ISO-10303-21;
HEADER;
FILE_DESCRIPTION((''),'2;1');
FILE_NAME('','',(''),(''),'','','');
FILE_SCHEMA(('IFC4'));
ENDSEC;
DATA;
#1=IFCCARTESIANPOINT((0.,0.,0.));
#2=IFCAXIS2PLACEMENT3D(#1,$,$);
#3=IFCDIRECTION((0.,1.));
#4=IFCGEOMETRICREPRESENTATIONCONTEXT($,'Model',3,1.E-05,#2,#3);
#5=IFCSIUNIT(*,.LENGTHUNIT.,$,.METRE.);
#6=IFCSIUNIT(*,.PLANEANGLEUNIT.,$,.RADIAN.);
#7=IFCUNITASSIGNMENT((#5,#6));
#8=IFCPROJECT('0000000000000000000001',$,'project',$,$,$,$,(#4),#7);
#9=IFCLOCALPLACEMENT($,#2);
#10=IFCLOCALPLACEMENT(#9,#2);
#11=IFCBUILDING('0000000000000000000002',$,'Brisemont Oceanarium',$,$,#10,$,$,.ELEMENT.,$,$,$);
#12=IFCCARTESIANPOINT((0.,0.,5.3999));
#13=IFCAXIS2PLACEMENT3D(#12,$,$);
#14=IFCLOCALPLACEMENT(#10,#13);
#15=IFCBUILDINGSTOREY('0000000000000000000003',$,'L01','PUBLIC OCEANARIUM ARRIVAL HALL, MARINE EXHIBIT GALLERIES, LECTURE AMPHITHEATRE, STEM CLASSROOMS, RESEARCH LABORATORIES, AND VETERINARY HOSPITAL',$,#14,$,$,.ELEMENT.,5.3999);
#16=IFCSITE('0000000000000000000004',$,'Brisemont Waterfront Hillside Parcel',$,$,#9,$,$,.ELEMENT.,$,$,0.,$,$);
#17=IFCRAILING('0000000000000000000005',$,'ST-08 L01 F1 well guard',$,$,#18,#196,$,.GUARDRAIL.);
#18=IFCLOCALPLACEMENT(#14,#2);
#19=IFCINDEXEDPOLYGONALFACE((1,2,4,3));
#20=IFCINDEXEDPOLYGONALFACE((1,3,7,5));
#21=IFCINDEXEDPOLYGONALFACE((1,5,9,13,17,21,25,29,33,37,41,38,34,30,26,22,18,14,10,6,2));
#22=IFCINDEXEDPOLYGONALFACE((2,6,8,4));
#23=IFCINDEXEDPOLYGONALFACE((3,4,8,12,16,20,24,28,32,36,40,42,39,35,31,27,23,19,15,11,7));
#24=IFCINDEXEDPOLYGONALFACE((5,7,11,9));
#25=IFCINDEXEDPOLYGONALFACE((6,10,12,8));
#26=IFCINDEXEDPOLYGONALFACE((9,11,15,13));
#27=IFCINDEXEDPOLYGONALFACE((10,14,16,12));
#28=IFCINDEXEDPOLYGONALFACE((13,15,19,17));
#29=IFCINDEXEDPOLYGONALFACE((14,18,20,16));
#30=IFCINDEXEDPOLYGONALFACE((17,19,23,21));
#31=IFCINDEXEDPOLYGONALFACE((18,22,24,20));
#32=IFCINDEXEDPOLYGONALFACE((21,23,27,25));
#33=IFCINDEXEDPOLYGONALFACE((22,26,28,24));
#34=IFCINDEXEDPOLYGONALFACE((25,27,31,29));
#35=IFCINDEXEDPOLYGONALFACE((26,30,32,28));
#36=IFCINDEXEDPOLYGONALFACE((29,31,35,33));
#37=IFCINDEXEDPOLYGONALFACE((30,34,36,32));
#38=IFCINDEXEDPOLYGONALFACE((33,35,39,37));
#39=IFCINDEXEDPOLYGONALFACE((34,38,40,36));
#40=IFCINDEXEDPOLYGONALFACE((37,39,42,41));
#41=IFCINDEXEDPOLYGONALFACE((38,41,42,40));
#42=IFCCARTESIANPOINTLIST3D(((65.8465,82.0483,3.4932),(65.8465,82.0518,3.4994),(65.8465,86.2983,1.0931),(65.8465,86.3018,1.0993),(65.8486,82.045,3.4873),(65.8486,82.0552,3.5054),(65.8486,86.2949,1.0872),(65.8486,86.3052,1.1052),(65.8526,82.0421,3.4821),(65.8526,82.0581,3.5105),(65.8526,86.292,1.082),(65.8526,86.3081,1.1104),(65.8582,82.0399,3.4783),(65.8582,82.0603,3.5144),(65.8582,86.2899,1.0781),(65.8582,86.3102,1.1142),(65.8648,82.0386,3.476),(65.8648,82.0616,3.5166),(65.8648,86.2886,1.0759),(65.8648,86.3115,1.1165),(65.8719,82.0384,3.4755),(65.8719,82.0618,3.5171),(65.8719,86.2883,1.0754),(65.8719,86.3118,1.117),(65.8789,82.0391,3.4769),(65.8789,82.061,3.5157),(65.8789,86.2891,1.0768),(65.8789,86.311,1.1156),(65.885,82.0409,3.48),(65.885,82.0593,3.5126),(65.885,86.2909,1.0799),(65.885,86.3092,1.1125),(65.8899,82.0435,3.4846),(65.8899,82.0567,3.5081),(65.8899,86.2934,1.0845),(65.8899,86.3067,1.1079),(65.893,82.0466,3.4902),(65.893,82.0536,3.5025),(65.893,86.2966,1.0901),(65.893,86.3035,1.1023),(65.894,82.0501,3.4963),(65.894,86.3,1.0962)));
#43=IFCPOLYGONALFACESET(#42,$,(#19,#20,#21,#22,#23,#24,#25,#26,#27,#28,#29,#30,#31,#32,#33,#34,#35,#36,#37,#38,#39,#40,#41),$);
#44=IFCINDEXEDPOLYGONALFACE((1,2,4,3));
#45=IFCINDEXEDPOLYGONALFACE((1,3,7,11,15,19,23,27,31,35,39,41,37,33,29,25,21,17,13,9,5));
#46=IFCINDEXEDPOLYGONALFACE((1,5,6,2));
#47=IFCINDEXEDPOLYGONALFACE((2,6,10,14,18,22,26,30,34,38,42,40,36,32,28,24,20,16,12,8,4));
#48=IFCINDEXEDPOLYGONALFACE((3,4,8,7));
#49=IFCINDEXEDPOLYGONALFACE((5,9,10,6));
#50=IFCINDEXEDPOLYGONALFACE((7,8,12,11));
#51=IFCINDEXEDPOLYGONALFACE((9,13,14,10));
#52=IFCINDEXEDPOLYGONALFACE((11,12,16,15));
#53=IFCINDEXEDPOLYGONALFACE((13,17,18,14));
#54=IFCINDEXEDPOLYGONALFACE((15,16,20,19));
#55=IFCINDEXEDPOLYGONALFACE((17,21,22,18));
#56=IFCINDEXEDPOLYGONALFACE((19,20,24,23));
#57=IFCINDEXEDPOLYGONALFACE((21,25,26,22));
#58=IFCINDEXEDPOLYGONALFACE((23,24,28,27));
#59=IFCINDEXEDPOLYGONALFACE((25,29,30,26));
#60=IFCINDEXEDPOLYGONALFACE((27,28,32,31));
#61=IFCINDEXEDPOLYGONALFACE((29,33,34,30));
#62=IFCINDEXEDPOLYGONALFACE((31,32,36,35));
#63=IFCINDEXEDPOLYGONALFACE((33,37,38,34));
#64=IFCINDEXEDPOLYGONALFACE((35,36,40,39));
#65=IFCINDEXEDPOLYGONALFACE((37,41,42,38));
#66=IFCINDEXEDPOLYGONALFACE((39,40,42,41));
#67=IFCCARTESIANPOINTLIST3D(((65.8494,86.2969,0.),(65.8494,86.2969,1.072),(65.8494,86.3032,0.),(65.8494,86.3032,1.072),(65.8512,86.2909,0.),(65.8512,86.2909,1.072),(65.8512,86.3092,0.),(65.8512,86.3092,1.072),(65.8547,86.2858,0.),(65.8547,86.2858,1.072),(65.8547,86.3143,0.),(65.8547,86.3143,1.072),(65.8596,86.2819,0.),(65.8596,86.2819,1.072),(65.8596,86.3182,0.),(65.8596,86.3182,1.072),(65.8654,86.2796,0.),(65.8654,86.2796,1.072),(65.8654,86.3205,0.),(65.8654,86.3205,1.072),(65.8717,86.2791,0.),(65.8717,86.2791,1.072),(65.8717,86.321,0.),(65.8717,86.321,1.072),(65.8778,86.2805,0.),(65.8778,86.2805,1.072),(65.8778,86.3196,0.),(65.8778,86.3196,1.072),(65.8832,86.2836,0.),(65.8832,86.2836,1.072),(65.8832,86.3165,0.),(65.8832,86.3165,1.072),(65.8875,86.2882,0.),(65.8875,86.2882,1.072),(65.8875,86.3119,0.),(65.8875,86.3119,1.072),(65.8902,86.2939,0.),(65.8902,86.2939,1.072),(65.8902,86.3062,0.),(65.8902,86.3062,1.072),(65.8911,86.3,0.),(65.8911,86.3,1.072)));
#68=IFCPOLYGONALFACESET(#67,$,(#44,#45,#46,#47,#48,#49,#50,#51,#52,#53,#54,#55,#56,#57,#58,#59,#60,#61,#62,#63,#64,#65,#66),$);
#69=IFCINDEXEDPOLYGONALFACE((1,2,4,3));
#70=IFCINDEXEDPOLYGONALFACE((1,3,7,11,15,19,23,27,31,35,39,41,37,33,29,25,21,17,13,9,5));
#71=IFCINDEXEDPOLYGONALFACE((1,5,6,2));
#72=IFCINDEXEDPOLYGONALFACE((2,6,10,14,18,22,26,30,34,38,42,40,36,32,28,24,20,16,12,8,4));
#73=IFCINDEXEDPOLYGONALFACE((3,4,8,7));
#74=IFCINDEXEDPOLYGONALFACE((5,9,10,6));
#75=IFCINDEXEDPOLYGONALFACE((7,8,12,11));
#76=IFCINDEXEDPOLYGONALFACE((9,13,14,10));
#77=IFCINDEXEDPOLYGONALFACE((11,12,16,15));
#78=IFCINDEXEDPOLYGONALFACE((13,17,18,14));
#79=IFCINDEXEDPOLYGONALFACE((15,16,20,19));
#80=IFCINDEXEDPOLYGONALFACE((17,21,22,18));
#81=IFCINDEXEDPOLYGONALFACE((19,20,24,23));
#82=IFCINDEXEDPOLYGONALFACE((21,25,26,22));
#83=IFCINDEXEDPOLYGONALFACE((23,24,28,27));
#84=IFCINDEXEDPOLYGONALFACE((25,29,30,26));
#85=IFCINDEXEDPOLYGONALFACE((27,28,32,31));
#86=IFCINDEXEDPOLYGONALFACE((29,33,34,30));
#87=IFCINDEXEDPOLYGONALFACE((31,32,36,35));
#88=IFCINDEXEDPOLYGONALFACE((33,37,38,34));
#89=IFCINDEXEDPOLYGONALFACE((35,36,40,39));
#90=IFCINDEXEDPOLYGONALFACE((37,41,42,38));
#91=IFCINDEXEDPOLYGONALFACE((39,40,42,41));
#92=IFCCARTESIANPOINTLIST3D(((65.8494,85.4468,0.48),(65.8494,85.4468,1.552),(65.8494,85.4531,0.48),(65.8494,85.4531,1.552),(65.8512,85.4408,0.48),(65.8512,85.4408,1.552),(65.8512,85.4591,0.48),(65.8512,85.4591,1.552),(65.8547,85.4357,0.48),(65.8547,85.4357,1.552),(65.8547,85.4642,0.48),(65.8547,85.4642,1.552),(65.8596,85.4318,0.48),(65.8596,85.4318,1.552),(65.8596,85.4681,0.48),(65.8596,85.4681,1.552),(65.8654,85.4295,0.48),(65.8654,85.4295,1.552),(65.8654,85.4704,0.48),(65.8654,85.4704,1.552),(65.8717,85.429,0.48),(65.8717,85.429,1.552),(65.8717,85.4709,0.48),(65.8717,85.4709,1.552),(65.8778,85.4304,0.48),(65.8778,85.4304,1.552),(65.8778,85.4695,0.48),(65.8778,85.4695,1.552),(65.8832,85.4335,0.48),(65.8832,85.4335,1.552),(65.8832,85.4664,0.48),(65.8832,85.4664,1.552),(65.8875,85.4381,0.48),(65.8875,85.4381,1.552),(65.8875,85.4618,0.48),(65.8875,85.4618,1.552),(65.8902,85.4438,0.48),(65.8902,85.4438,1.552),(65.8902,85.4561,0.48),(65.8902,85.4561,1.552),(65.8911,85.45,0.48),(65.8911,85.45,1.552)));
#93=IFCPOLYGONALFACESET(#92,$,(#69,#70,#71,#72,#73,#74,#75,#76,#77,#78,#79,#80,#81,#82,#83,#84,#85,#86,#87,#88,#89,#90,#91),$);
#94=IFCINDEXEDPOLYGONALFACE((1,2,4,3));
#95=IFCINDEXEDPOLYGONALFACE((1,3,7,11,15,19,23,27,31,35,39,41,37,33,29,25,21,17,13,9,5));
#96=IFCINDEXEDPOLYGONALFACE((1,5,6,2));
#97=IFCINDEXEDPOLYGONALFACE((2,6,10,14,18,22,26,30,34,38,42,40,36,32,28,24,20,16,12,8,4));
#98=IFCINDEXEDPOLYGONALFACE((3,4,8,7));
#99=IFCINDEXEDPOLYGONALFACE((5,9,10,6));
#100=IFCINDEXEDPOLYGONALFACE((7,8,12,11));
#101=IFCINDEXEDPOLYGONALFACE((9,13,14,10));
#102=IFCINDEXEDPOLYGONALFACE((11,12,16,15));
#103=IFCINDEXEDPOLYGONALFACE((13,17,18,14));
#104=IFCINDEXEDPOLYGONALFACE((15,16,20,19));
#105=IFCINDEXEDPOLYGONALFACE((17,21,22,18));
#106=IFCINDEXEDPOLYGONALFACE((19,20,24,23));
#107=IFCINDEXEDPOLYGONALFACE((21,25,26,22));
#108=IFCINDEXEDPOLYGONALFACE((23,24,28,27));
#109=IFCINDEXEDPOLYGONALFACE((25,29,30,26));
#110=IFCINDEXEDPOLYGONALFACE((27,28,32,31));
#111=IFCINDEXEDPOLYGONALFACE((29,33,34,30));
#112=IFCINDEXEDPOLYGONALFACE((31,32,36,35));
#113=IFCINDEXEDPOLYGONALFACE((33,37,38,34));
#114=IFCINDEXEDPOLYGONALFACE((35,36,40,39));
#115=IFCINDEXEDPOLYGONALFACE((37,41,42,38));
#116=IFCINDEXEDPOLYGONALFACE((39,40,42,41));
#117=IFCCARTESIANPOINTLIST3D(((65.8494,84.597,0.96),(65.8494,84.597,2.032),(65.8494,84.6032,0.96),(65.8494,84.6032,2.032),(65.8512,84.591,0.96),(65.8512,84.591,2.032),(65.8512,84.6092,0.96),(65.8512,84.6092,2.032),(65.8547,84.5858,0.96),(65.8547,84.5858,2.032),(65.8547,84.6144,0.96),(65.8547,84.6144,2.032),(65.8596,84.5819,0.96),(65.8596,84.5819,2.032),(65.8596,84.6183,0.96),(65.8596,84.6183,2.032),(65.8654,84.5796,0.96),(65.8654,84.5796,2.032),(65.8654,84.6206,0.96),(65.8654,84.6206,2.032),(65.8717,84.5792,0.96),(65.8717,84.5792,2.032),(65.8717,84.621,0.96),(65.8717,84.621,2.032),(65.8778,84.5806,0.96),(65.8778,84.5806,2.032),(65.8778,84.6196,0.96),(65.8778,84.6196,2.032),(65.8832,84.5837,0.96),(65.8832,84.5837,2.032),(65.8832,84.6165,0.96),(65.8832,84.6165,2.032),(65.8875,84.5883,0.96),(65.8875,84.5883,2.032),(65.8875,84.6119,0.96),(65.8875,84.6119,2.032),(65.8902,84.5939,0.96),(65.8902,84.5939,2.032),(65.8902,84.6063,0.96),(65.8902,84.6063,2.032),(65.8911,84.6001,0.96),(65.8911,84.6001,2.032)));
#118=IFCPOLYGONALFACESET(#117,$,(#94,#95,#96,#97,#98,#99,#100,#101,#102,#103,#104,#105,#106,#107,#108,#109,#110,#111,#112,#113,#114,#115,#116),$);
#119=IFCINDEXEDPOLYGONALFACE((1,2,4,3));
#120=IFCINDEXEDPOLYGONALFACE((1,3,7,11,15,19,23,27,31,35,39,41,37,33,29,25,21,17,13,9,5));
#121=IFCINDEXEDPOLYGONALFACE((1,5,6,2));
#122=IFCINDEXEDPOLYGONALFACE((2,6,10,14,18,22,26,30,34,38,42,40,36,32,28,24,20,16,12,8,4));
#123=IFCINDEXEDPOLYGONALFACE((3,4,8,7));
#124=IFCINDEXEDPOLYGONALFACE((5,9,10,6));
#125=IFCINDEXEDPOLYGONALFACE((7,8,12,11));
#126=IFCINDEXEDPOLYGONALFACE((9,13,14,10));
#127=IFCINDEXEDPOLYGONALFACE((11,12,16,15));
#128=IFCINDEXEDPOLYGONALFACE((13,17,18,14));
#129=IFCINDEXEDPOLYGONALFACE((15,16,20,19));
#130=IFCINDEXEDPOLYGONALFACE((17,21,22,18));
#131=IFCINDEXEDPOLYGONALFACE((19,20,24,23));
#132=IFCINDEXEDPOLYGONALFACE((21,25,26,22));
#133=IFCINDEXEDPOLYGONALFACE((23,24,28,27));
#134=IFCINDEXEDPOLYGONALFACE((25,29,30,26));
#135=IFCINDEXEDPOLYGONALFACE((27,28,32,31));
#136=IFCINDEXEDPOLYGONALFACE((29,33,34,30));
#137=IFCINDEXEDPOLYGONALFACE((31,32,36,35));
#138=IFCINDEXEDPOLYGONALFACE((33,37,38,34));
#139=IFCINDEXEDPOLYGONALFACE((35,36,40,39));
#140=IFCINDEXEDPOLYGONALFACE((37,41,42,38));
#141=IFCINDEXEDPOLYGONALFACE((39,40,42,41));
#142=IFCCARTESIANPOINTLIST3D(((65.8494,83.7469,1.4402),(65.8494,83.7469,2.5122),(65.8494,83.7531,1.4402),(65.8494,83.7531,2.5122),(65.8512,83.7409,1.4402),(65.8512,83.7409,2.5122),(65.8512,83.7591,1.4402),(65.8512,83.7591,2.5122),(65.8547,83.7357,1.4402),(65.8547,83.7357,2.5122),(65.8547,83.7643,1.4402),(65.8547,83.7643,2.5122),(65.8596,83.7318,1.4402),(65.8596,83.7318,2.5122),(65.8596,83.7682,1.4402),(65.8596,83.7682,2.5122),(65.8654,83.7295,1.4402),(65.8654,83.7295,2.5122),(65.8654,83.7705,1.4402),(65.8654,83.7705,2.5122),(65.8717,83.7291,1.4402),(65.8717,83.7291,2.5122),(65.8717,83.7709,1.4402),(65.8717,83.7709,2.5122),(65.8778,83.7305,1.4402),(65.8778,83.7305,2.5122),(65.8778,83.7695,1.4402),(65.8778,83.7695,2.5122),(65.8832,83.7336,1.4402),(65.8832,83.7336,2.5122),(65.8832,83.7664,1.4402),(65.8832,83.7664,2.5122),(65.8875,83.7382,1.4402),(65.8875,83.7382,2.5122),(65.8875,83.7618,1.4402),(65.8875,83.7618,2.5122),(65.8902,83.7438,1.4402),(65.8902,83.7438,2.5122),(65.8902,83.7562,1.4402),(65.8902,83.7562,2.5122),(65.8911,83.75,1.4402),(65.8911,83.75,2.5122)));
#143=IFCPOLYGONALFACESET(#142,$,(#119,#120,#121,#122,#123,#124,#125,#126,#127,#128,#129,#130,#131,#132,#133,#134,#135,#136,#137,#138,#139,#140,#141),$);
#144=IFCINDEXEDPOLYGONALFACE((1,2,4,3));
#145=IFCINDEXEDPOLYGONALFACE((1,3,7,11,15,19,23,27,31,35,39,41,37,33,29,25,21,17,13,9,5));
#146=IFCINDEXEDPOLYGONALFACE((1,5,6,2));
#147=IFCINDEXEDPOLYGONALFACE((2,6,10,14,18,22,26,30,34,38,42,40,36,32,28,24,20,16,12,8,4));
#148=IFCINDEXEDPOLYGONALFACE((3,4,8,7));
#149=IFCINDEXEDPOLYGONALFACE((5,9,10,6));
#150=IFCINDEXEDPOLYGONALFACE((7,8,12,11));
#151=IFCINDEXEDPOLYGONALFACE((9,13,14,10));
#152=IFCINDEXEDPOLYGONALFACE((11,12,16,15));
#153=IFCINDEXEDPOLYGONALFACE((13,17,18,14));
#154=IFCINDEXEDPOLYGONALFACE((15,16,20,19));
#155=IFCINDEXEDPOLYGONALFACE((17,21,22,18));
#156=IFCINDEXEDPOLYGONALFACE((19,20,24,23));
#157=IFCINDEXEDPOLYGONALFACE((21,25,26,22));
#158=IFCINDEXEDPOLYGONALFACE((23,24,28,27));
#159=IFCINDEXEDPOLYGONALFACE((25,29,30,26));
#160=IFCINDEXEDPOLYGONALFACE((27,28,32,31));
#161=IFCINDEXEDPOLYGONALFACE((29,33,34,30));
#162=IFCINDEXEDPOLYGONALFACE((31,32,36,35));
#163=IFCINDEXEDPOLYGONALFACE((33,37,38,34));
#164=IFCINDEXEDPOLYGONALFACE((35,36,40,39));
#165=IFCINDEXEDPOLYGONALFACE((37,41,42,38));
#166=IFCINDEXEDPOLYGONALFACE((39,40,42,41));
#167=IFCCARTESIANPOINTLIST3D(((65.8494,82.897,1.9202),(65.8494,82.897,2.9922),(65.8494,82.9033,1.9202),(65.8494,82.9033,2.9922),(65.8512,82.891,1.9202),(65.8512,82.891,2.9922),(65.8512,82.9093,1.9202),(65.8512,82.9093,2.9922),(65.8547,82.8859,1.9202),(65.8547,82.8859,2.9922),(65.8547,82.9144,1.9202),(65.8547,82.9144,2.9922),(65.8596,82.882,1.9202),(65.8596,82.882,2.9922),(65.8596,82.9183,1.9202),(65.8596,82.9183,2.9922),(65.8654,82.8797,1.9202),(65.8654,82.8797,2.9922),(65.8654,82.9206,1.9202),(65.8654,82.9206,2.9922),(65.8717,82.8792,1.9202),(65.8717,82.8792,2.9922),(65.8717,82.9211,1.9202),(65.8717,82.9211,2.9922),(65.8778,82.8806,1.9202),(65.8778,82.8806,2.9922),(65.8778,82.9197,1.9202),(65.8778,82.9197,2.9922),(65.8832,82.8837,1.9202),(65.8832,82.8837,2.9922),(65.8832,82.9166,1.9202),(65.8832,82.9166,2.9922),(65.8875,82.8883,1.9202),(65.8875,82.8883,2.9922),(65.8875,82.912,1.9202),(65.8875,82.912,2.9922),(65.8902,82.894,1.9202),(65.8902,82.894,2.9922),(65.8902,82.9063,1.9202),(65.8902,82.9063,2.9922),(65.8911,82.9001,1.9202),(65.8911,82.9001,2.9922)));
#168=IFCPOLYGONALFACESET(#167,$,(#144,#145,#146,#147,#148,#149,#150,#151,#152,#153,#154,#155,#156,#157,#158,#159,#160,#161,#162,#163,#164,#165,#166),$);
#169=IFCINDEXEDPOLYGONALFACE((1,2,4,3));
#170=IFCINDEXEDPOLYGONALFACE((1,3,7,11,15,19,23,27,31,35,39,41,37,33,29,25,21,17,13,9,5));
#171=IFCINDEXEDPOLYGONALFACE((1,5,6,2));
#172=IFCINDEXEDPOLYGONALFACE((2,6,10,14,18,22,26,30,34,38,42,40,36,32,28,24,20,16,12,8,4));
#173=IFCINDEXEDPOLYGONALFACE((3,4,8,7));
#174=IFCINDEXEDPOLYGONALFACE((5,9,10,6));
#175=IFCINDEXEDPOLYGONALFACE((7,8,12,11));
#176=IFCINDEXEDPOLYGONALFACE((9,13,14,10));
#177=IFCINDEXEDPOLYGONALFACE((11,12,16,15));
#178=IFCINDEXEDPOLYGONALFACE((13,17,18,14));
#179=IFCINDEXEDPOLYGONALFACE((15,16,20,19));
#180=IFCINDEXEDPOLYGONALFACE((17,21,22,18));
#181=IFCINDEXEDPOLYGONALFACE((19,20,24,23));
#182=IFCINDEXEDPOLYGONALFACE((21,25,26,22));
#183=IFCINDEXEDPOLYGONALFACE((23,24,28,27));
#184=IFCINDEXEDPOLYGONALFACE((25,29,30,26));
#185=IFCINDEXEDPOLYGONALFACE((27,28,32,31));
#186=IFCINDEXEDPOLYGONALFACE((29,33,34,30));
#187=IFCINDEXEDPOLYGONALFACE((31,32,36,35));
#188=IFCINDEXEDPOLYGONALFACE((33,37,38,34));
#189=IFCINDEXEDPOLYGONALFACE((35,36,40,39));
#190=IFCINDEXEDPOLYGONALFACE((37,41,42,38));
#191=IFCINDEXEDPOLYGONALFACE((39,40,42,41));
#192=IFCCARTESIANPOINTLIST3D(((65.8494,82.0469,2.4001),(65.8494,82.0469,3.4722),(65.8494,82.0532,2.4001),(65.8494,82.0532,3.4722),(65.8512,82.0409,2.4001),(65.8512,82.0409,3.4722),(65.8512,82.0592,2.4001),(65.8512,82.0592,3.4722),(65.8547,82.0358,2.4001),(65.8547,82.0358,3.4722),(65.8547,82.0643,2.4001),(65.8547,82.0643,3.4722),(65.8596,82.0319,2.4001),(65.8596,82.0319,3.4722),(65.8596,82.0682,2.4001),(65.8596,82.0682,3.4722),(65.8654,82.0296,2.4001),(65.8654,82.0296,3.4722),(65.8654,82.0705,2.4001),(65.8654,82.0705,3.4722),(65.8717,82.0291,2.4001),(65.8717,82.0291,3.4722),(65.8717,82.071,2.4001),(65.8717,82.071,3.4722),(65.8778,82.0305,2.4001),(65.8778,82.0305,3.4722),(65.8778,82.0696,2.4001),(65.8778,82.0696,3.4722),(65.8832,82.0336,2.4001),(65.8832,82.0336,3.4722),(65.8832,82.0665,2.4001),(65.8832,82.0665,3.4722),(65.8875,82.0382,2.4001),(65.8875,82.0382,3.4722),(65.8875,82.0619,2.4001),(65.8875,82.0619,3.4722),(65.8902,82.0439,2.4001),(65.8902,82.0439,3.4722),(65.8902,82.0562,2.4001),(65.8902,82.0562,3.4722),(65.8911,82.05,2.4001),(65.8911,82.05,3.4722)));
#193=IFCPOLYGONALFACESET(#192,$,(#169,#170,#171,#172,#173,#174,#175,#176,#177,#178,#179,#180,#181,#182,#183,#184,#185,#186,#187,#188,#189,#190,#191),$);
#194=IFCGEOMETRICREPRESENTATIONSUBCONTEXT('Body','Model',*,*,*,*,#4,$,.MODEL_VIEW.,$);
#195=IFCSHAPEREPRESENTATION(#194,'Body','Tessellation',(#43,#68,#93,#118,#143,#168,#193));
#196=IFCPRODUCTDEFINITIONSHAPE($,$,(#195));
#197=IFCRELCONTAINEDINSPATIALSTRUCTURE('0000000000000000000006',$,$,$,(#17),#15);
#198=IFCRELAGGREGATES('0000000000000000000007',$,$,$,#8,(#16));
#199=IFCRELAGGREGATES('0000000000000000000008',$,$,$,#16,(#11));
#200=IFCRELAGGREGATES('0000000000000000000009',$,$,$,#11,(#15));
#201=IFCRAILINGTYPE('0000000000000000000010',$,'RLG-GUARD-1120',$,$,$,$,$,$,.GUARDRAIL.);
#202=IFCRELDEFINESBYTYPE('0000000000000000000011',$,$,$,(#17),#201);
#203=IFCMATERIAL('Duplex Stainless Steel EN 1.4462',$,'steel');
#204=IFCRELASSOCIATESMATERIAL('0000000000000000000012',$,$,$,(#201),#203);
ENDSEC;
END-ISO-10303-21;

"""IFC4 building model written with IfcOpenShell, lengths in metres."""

from ifc_helpers import new_model, si_unit, direction, frame, origin, origin_2d, place, context, subcontext, project, spatial, circle, extrude, material, type_object, element, save


model = new_model("IFC4")

# Units and contexts
model_context = context("Model", 3, precision=1e-05, world=origin(), true_north=direction((0.0, 1.0)))
body_context = subcontext(model_context, "Body", "Model", "MODEL_VIEW")
ifc_project = project(units=[si_unit("LENGTHUNIT", "METRE"), si_unit("PLANEANGLEUNIT", "RADIAN")], contexts=[model_context])

# Site, building, storey
site_placement = place(None, origin())
site = spatial("IfcSite", under=ifc_project, at=site_placement, Name="Brisemont Waterfront Hillside Parcel", CompositionType="ELEMENT", RefElevation=0.0)
building_placement = place(site_placement, origin())
building = spatial("IfcBuilding", under=site, at=building_placement, Name="Brisemont Oceanarium", CompositionType="ELEMENT")
storey_placement = place(building_placement, frame((0.0, 0.0, 5.3999)))
storey = spatial("IfcBuildingStorey", under=building, at=storey_placement, Name="L01", Description="PUBLIC OCEANARIUM ARRIVAL HALL, MARINE EXHIBIT GALLERIES, LECTURE AMPHITHEATRE, STEM CLASSROOMS, RESEARCH LABORATORIES, AND VETERINARY HOSPITAL", CompositionType="ELEMENT", Elevation=5.3999)

# Railing
ifc_material_1 = material(Name="Duplex Stainless Steel EN 1.4462", Category="steel")
railing_type_1 = type_object("IfcRailingType", Name="RLG-GUARD-1120", PredefinedType="GUARDRAIL", material=ifc_material_1)
railing_1_placement = place(storey_placement, frame((65.8701, 86.3, 0.0)))
element("IfcRailing", 1, at=railing_1_placement, inside=storey, type_object=railing_type_1, Name="ST-08 L01 F1 well guard", PredefinedType="GUARDRAIL", context=body_context, shape_type="SweptSolid", body=[
    extrude(circle(Radius=0.0239, at=origin_2d()), frame((0.0, 0.0, 1.0962), z_axis=(0.0, -0.870741, 0.491742), x_axis=(1.0, 0.0, 0.0)), (0.0, 0.0, 1.0), 4.8809),
    extrude(circle(Radius=0.021, at=origin_2d()), origin(), (0.0, 0.0, 1.0), 1.072),
    extrude(circle(Radius=0.021, at=origin_2d()), frame((0.0, -0.8501, 0.48)), (0.0, 0.0, 1.0), 1.072),
    extrude(circle(Radius=0.021, at=origin_2d()), frame((0.0, -1.7, 0.96)), (0.0, 0.0, 1.0), 1.072),
    extrude(circle(Radius=0.021, at=origin_2d()), frame((0.0, -2.55, 1.4402)), (0.0, 0.0, 1.0), 1.072),
    extrude(circle(Radius=0.021, at=origin_2d()), frame((0.0, -3.3999, 1.9202)), (0.0, 0.0, 1.0), 1.072),
    extrude(circle(Radius=0.021, at=origin_2d()), frame((0.0, -4.25, 2.4001)), (0.0, 0.0, 1.0), 1.072),
])

save(model, "model.ifc")
